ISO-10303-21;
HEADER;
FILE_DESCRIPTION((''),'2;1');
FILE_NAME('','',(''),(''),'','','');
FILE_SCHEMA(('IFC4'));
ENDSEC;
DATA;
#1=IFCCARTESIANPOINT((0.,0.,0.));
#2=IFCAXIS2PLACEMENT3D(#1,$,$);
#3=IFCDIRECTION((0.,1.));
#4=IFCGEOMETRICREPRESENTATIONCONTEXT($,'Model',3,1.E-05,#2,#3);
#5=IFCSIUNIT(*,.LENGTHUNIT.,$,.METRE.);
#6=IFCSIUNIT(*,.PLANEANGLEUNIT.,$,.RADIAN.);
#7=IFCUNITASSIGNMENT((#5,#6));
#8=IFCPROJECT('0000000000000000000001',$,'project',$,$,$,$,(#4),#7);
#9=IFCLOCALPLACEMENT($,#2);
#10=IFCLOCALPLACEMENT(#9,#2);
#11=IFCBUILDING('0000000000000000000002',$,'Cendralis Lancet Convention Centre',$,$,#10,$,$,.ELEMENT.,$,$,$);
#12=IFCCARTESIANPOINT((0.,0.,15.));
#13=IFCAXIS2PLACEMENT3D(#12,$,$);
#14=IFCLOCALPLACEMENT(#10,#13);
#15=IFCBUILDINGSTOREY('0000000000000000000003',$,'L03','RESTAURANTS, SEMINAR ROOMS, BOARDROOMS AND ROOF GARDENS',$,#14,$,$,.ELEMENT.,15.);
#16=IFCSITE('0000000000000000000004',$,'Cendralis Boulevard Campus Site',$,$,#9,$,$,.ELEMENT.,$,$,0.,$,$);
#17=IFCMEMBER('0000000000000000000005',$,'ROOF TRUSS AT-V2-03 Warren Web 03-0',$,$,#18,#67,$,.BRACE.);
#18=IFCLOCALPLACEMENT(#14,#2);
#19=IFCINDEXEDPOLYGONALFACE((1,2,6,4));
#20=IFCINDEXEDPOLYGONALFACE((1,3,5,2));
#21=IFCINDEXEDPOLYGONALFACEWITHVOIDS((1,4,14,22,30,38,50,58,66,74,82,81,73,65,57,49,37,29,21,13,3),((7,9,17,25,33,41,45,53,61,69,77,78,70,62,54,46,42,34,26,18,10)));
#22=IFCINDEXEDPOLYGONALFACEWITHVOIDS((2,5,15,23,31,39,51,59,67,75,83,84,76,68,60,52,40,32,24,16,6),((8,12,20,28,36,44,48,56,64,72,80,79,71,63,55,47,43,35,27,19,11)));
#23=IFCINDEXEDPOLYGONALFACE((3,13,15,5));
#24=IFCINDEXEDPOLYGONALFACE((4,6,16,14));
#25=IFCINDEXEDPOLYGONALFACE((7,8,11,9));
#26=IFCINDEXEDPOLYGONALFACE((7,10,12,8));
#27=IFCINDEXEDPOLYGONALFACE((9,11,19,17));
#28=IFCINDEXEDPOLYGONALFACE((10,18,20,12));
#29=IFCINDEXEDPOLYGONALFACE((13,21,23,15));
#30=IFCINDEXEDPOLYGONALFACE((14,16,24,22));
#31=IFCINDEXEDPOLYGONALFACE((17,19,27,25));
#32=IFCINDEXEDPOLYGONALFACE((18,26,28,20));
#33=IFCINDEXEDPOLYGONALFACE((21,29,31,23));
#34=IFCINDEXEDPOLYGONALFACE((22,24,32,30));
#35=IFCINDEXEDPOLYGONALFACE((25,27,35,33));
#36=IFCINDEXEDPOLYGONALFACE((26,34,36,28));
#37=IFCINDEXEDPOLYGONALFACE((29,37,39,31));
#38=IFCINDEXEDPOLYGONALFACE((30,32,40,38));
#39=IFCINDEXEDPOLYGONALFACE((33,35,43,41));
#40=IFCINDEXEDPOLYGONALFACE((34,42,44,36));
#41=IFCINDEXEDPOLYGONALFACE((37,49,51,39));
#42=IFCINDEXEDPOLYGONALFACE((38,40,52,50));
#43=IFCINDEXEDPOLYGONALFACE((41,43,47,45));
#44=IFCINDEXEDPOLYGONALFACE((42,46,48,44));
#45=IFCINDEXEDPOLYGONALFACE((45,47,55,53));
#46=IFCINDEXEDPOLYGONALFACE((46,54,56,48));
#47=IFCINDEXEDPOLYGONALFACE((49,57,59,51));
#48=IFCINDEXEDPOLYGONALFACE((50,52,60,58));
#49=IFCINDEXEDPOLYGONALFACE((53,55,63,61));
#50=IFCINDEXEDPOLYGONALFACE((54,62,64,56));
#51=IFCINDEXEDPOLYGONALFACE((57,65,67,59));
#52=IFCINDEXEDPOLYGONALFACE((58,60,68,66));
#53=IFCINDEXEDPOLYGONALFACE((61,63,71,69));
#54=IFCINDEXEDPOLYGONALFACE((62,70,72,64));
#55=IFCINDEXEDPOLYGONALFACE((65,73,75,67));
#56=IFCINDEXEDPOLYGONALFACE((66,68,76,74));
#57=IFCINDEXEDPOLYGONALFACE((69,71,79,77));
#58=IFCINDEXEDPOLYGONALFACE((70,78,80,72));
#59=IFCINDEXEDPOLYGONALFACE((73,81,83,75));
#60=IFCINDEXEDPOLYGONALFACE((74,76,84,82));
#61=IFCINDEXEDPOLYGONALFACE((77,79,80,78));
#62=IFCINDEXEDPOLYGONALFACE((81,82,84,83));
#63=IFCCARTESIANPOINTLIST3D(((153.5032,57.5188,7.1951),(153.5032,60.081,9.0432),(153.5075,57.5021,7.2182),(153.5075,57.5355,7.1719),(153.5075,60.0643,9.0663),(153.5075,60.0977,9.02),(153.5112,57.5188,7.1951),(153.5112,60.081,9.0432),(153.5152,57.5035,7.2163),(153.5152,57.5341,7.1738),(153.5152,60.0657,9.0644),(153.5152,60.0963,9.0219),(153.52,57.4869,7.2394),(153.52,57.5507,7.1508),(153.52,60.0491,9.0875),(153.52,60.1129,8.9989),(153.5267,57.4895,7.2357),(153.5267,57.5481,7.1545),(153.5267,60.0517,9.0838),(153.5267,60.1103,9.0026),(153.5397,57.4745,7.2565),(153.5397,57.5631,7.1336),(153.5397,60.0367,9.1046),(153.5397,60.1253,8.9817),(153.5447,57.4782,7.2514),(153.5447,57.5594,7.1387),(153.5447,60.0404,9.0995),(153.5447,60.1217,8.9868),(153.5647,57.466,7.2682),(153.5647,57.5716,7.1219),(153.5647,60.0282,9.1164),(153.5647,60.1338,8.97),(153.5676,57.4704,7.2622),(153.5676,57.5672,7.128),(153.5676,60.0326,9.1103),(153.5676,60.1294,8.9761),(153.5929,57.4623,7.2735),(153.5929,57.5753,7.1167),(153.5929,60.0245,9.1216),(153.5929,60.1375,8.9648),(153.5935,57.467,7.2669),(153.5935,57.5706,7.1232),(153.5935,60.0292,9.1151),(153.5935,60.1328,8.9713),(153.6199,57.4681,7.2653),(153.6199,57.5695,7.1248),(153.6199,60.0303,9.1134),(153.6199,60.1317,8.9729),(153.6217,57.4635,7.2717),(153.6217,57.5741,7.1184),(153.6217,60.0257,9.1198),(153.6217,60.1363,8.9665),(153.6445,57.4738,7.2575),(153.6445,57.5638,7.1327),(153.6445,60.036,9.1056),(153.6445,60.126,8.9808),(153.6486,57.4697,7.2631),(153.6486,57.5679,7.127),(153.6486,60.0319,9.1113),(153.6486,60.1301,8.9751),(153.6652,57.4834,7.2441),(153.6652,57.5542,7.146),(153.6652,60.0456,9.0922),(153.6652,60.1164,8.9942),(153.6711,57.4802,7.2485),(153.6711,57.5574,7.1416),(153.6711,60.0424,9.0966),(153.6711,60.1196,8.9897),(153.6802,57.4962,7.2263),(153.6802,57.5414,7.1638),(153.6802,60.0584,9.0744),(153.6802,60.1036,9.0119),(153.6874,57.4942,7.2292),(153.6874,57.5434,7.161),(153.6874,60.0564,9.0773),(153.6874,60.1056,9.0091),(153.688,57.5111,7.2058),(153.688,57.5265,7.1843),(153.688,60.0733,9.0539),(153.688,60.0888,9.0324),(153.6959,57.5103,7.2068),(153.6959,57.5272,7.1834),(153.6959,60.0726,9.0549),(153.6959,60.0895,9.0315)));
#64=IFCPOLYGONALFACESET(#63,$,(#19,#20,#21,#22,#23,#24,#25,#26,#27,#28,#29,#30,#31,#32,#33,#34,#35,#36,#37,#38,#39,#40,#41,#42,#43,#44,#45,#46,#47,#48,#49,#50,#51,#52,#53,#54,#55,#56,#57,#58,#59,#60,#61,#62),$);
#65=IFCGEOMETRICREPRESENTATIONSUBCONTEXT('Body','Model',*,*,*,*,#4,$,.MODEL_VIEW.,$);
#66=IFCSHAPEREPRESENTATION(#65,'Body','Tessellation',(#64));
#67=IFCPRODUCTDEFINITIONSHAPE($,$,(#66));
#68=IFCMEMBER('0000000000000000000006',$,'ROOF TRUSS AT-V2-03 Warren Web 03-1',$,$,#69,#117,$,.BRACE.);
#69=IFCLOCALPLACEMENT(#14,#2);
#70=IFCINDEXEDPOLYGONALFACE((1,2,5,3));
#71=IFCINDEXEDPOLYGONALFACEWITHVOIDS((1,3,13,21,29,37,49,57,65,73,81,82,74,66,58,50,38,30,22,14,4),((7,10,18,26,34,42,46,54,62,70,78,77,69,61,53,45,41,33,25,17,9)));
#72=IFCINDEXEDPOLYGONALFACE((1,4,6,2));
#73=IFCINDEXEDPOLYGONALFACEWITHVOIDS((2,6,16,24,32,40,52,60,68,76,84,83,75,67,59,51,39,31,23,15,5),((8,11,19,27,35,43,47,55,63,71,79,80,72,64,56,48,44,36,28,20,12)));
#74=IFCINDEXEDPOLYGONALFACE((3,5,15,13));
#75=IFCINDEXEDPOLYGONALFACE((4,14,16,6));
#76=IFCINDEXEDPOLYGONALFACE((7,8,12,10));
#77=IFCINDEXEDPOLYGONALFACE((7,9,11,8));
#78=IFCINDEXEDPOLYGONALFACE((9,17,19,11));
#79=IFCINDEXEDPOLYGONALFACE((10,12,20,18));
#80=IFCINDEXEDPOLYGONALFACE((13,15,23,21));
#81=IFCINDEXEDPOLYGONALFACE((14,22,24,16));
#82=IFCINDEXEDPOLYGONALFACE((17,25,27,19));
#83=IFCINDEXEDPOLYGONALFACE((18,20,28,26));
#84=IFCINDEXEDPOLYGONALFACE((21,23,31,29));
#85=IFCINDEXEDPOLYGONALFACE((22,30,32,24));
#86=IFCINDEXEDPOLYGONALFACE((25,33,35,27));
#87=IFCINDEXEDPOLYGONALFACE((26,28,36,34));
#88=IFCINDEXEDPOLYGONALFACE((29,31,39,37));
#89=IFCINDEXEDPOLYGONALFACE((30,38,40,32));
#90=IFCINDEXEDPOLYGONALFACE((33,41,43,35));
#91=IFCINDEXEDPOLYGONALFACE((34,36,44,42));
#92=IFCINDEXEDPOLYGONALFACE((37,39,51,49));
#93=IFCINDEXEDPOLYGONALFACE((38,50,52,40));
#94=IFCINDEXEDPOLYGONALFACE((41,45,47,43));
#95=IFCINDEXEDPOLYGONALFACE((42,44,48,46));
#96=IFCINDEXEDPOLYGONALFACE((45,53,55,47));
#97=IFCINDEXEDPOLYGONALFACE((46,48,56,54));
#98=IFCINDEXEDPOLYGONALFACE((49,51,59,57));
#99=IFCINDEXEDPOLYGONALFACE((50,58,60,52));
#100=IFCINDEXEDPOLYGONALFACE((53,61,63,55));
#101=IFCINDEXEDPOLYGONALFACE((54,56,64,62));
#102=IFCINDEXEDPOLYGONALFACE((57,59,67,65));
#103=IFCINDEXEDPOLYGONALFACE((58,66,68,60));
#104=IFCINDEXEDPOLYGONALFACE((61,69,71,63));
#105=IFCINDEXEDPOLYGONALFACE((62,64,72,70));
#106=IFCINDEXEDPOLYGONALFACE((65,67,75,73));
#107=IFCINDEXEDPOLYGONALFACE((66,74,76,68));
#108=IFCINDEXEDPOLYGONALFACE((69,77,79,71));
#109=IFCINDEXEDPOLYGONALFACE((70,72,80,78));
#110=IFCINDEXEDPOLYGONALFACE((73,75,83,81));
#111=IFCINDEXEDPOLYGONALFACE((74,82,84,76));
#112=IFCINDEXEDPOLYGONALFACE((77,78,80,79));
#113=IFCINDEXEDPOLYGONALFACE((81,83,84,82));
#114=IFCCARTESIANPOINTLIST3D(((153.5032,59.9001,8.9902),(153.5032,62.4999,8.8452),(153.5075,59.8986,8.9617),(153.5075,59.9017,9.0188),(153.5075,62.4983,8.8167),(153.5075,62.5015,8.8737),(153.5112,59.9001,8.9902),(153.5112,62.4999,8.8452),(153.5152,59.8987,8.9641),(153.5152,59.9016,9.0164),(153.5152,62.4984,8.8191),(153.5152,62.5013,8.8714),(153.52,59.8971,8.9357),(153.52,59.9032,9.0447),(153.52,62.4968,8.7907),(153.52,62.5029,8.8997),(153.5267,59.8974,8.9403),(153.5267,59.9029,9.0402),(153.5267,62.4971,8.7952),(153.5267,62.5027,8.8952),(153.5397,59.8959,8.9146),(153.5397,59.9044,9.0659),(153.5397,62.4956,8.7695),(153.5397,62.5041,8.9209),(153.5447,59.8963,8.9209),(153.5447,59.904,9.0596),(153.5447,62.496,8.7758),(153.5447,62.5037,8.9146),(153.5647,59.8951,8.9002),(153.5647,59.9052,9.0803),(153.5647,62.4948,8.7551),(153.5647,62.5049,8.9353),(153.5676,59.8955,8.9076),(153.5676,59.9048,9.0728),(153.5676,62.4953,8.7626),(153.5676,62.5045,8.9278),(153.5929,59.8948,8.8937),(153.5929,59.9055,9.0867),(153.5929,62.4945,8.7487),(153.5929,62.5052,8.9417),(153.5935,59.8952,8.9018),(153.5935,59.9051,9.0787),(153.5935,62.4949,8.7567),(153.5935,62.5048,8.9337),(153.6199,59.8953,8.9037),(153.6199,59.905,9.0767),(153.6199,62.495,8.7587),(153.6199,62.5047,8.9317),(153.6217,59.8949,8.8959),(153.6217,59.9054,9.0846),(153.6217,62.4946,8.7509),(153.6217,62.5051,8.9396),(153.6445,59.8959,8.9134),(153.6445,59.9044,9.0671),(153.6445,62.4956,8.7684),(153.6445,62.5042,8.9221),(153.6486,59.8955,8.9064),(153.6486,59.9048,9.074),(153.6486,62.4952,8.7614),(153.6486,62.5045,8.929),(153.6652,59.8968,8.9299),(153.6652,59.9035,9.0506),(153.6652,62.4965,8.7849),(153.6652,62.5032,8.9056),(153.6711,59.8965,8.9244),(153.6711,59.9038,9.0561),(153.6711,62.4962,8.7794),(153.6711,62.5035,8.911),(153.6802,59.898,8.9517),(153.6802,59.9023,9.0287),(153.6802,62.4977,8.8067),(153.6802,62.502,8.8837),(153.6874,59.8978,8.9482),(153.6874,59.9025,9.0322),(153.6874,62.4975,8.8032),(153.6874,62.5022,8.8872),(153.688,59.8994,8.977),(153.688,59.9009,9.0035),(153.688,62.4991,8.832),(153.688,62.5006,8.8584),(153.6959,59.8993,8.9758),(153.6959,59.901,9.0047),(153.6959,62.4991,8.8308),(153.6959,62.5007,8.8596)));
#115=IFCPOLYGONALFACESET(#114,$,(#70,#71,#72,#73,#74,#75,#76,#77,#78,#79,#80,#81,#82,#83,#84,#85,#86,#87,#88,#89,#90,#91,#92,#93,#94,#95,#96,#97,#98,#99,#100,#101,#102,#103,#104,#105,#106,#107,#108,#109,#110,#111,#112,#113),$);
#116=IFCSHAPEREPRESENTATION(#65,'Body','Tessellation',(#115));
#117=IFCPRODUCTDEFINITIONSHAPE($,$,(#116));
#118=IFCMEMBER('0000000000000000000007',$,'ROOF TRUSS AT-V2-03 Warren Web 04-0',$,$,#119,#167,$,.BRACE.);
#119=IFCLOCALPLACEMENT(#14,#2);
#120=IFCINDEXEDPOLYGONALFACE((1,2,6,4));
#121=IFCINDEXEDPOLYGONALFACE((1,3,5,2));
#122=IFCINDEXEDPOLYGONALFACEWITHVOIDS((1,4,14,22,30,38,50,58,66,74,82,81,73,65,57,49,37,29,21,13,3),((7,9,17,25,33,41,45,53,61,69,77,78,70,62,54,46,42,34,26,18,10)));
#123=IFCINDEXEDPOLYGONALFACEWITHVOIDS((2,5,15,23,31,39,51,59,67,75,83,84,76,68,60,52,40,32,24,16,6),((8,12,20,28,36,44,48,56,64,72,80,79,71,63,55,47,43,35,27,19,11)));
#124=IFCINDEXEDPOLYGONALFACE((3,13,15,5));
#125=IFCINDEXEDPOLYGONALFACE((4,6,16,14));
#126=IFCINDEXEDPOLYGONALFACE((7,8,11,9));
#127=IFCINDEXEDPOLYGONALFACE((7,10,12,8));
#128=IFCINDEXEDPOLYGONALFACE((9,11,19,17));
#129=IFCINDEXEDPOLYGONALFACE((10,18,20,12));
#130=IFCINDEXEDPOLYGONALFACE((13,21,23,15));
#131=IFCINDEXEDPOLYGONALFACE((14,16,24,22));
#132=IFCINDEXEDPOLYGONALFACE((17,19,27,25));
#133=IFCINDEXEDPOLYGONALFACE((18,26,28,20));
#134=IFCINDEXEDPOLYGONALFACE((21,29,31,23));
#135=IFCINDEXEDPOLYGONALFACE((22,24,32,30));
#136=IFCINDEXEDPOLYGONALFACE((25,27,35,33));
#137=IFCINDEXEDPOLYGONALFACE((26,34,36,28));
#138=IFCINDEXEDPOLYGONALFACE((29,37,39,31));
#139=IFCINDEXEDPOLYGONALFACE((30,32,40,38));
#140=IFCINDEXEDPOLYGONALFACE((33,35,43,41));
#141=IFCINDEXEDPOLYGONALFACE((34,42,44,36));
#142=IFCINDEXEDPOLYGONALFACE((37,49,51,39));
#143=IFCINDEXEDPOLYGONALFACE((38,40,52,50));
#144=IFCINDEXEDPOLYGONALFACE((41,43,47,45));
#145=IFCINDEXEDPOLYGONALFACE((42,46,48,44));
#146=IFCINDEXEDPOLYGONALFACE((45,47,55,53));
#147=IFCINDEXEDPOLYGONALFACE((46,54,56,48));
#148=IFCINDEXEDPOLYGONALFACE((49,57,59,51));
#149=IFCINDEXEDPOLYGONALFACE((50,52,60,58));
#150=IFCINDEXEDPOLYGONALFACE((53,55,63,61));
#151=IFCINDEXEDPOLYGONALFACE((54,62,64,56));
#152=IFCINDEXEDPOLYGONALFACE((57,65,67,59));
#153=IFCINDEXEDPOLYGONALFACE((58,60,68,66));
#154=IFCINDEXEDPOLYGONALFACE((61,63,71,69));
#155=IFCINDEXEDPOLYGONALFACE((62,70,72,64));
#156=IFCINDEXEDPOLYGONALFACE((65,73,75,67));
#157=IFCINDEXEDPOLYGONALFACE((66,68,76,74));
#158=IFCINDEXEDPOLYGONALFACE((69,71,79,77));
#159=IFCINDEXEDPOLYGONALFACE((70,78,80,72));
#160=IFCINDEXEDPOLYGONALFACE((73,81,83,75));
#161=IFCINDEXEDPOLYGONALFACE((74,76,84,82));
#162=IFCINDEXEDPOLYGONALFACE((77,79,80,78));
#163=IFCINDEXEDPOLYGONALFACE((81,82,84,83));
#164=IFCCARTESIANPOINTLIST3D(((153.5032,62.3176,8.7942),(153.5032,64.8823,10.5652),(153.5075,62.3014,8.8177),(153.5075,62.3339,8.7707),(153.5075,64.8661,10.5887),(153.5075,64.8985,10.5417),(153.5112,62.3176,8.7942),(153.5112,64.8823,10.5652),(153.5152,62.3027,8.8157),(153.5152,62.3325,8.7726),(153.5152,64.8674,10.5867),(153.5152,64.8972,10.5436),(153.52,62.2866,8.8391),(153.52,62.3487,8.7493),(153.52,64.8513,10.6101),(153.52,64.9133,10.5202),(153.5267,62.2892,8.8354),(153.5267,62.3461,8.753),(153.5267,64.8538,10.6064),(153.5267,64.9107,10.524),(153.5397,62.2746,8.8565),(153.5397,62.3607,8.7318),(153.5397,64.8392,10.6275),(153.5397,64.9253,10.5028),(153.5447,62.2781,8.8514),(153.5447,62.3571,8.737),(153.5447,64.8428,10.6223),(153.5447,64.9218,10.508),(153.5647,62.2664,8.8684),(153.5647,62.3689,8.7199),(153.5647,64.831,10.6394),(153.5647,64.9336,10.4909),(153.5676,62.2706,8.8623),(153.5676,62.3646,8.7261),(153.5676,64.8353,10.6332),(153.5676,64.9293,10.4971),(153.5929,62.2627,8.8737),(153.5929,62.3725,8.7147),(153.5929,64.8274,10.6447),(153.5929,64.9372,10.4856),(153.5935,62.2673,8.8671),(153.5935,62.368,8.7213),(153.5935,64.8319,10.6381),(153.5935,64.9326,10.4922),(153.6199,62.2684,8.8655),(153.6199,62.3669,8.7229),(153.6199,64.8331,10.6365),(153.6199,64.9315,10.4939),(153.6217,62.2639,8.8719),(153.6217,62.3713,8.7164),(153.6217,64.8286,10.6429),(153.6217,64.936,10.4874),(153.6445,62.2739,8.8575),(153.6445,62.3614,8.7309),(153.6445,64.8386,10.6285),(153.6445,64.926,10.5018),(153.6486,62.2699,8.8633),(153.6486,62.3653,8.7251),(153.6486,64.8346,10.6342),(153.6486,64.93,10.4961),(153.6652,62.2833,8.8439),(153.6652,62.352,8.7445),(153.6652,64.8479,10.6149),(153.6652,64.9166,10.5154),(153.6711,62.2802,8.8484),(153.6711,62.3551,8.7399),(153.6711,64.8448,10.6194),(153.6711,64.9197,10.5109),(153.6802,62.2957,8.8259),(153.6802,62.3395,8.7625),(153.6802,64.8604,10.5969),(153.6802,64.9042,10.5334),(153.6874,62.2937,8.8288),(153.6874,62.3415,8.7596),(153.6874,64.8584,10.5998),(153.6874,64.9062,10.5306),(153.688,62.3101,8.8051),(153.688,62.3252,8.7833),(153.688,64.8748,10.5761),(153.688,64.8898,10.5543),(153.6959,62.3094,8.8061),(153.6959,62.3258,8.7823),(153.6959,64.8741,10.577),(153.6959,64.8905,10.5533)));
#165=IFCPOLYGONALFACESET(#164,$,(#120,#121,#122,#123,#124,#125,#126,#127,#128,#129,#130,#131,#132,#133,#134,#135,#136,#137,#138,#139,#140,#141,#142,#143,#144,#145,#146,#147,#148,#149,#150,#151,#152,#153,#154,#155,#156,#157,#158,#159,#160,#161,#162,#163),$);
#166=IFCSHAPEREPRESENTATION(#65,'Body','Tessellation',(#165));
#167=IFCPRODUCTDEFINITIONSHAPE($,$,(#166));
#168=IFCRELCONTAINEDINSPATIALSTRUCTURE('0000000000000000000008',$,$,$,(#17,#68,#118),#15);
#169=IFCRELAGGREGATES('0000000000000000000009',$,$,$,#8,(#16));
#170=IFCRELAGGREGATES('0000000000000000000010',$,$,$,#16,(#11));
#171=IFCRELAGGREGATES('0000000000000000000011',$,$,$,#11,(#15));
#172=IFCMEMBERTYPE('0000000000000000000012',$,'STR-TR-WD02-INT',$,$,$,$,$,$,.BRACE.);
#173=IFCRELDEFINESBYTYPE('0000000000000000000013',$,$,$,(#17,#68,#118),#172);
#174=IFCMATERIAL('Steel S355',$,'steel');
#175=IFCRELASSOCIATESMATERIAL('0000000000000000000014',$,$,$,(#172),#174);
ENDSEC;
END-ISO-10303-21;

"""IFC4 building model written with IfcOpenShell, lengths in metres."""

from ifc_helpers import new_model, si_unit, direction, frame, origin, origin_2d, place, context, subcontext, project, spatial, hollow_circle, extrude, material, material_profile, profile_set, type_object, element, save


model = new_model("IFC4")

# Units and contexts
model_context = context("Model", 3, precision=1e-05, world=origin(), true_north=direction((0.0, 1.0)))
body_context = subcontext(model_context, "Body", "Model", "MODEL_VIEW")
ifc_project = project(units=[si_unit("LENGTHUNIT", "METRE"), si_unit("PLANEANGLEUNIT", "RADIAN")], contexts=[model_context])

# Site, building, storey
site_placement = place(None, origin())
site = spatial("IfcSite", under=ifc_project, at=site_placement, Name="Cendralis Boulevard Campus Site", CompositionType="ELEMENT", RefElevation=0.0)
building_placement = place(site_placement, origin())
building = spatial("IfcBuilding", under=site, at=building_placement, Name="Cendralis Lancet Convention Centre", CompositionType="ELEMENT")
storey_placement = place(building_placement, frame((0.0, 0.0, 15.0)))
storey = spatial("IfcBuildingStorey", under=building, at=storey_placement, Name="L03", Description="RESTAURANTS, SEMINAR ROOMS, BOARDROOMS AND ROOF GARDENS", CompositionType="ELEMENT", Elevation=15.0)

# Members
ifc_material = material(Name="Steel S355", Category="steel")
ifc_material_profile_1 = material_profile(ifc_material, hollow_circle(Radius=0.0969, WallThickness=0.0081, at=origin_2d()), Name="CHS 193.7x8.0")
ifc_profile_set_1 = profile_set([ifc_material_profile_1], Name="Steel S355")
member_type_1 = type_object("IfcMemberType", Name="STR-TR-WD02-INT", PredefinedType="BRACE", material=ifc_profile_set_1)
member_1_placement = place(storey_placement, frame((153.6001, 57.5188, 7.1951), z_axis=(0.0, 0.811036, 0.584997), x_axis=(-1.0, 0.0, 0.0)))
element("IfcMember", 1, at=member_1_placement, inside=storey, type_object=member_type_1, Name="ROOF TRUSS AT-V2-03 Warren Web 03-0", PredefinedType="BRACE", context=body_context, shape_type="SweptSolid", body=[
    extrude(hollow_circle(Radius=0.0969, WallThickness=0.0081, at=origin_2d()), origin(), (0.0, 0.0, 1.0), 3.1592),
])
member_2_placement = place(storey_placement, frame((153.6001, 59.9001, 8.9902), z_axis=(0.0, 0.998448, -0.055699), x_axis=(-1.0, 0.0, 0.0)))
element("IfcMember", 2, at=member_2_placement, inside=storey, type_object=member_type_1, Name="ROOF TRUSS AT-V2-03 Warren Web 03-1", PredefinedType="BRACE", context=body_context, shape_type="SweptSolid", body=[
    extrude(hollow_circle(Radius=0.0969, WallThickness=0.0081, at=origin_2d()), origin(), (0.0, 0.0, 1.0), 2.6038),
])
member_3_placement = place(storey_placement, frame((153.6001, 62.3176, 8.7942), z_axis=(0.0, 0.822877, 0.56822), x_axis=(-1.0, 0.0, 0.0)))
element("IfcMember", 3, at=member_3_placement, inside=storey, type_object=member_type_1, Name="ROOF TRUSS AT-V2-03 Warren Web 04-0", PredefinedType="BRACE", context=body_context, shape_type="SweptSolid", body=[
    extrude(hollow_circle(Radius=0.0969, WallThickness=0.0081, at=origin_2d()), origin(), (0.0, 0.0, 1.0), 3.1167),
])

save(model, "model.ifc")
